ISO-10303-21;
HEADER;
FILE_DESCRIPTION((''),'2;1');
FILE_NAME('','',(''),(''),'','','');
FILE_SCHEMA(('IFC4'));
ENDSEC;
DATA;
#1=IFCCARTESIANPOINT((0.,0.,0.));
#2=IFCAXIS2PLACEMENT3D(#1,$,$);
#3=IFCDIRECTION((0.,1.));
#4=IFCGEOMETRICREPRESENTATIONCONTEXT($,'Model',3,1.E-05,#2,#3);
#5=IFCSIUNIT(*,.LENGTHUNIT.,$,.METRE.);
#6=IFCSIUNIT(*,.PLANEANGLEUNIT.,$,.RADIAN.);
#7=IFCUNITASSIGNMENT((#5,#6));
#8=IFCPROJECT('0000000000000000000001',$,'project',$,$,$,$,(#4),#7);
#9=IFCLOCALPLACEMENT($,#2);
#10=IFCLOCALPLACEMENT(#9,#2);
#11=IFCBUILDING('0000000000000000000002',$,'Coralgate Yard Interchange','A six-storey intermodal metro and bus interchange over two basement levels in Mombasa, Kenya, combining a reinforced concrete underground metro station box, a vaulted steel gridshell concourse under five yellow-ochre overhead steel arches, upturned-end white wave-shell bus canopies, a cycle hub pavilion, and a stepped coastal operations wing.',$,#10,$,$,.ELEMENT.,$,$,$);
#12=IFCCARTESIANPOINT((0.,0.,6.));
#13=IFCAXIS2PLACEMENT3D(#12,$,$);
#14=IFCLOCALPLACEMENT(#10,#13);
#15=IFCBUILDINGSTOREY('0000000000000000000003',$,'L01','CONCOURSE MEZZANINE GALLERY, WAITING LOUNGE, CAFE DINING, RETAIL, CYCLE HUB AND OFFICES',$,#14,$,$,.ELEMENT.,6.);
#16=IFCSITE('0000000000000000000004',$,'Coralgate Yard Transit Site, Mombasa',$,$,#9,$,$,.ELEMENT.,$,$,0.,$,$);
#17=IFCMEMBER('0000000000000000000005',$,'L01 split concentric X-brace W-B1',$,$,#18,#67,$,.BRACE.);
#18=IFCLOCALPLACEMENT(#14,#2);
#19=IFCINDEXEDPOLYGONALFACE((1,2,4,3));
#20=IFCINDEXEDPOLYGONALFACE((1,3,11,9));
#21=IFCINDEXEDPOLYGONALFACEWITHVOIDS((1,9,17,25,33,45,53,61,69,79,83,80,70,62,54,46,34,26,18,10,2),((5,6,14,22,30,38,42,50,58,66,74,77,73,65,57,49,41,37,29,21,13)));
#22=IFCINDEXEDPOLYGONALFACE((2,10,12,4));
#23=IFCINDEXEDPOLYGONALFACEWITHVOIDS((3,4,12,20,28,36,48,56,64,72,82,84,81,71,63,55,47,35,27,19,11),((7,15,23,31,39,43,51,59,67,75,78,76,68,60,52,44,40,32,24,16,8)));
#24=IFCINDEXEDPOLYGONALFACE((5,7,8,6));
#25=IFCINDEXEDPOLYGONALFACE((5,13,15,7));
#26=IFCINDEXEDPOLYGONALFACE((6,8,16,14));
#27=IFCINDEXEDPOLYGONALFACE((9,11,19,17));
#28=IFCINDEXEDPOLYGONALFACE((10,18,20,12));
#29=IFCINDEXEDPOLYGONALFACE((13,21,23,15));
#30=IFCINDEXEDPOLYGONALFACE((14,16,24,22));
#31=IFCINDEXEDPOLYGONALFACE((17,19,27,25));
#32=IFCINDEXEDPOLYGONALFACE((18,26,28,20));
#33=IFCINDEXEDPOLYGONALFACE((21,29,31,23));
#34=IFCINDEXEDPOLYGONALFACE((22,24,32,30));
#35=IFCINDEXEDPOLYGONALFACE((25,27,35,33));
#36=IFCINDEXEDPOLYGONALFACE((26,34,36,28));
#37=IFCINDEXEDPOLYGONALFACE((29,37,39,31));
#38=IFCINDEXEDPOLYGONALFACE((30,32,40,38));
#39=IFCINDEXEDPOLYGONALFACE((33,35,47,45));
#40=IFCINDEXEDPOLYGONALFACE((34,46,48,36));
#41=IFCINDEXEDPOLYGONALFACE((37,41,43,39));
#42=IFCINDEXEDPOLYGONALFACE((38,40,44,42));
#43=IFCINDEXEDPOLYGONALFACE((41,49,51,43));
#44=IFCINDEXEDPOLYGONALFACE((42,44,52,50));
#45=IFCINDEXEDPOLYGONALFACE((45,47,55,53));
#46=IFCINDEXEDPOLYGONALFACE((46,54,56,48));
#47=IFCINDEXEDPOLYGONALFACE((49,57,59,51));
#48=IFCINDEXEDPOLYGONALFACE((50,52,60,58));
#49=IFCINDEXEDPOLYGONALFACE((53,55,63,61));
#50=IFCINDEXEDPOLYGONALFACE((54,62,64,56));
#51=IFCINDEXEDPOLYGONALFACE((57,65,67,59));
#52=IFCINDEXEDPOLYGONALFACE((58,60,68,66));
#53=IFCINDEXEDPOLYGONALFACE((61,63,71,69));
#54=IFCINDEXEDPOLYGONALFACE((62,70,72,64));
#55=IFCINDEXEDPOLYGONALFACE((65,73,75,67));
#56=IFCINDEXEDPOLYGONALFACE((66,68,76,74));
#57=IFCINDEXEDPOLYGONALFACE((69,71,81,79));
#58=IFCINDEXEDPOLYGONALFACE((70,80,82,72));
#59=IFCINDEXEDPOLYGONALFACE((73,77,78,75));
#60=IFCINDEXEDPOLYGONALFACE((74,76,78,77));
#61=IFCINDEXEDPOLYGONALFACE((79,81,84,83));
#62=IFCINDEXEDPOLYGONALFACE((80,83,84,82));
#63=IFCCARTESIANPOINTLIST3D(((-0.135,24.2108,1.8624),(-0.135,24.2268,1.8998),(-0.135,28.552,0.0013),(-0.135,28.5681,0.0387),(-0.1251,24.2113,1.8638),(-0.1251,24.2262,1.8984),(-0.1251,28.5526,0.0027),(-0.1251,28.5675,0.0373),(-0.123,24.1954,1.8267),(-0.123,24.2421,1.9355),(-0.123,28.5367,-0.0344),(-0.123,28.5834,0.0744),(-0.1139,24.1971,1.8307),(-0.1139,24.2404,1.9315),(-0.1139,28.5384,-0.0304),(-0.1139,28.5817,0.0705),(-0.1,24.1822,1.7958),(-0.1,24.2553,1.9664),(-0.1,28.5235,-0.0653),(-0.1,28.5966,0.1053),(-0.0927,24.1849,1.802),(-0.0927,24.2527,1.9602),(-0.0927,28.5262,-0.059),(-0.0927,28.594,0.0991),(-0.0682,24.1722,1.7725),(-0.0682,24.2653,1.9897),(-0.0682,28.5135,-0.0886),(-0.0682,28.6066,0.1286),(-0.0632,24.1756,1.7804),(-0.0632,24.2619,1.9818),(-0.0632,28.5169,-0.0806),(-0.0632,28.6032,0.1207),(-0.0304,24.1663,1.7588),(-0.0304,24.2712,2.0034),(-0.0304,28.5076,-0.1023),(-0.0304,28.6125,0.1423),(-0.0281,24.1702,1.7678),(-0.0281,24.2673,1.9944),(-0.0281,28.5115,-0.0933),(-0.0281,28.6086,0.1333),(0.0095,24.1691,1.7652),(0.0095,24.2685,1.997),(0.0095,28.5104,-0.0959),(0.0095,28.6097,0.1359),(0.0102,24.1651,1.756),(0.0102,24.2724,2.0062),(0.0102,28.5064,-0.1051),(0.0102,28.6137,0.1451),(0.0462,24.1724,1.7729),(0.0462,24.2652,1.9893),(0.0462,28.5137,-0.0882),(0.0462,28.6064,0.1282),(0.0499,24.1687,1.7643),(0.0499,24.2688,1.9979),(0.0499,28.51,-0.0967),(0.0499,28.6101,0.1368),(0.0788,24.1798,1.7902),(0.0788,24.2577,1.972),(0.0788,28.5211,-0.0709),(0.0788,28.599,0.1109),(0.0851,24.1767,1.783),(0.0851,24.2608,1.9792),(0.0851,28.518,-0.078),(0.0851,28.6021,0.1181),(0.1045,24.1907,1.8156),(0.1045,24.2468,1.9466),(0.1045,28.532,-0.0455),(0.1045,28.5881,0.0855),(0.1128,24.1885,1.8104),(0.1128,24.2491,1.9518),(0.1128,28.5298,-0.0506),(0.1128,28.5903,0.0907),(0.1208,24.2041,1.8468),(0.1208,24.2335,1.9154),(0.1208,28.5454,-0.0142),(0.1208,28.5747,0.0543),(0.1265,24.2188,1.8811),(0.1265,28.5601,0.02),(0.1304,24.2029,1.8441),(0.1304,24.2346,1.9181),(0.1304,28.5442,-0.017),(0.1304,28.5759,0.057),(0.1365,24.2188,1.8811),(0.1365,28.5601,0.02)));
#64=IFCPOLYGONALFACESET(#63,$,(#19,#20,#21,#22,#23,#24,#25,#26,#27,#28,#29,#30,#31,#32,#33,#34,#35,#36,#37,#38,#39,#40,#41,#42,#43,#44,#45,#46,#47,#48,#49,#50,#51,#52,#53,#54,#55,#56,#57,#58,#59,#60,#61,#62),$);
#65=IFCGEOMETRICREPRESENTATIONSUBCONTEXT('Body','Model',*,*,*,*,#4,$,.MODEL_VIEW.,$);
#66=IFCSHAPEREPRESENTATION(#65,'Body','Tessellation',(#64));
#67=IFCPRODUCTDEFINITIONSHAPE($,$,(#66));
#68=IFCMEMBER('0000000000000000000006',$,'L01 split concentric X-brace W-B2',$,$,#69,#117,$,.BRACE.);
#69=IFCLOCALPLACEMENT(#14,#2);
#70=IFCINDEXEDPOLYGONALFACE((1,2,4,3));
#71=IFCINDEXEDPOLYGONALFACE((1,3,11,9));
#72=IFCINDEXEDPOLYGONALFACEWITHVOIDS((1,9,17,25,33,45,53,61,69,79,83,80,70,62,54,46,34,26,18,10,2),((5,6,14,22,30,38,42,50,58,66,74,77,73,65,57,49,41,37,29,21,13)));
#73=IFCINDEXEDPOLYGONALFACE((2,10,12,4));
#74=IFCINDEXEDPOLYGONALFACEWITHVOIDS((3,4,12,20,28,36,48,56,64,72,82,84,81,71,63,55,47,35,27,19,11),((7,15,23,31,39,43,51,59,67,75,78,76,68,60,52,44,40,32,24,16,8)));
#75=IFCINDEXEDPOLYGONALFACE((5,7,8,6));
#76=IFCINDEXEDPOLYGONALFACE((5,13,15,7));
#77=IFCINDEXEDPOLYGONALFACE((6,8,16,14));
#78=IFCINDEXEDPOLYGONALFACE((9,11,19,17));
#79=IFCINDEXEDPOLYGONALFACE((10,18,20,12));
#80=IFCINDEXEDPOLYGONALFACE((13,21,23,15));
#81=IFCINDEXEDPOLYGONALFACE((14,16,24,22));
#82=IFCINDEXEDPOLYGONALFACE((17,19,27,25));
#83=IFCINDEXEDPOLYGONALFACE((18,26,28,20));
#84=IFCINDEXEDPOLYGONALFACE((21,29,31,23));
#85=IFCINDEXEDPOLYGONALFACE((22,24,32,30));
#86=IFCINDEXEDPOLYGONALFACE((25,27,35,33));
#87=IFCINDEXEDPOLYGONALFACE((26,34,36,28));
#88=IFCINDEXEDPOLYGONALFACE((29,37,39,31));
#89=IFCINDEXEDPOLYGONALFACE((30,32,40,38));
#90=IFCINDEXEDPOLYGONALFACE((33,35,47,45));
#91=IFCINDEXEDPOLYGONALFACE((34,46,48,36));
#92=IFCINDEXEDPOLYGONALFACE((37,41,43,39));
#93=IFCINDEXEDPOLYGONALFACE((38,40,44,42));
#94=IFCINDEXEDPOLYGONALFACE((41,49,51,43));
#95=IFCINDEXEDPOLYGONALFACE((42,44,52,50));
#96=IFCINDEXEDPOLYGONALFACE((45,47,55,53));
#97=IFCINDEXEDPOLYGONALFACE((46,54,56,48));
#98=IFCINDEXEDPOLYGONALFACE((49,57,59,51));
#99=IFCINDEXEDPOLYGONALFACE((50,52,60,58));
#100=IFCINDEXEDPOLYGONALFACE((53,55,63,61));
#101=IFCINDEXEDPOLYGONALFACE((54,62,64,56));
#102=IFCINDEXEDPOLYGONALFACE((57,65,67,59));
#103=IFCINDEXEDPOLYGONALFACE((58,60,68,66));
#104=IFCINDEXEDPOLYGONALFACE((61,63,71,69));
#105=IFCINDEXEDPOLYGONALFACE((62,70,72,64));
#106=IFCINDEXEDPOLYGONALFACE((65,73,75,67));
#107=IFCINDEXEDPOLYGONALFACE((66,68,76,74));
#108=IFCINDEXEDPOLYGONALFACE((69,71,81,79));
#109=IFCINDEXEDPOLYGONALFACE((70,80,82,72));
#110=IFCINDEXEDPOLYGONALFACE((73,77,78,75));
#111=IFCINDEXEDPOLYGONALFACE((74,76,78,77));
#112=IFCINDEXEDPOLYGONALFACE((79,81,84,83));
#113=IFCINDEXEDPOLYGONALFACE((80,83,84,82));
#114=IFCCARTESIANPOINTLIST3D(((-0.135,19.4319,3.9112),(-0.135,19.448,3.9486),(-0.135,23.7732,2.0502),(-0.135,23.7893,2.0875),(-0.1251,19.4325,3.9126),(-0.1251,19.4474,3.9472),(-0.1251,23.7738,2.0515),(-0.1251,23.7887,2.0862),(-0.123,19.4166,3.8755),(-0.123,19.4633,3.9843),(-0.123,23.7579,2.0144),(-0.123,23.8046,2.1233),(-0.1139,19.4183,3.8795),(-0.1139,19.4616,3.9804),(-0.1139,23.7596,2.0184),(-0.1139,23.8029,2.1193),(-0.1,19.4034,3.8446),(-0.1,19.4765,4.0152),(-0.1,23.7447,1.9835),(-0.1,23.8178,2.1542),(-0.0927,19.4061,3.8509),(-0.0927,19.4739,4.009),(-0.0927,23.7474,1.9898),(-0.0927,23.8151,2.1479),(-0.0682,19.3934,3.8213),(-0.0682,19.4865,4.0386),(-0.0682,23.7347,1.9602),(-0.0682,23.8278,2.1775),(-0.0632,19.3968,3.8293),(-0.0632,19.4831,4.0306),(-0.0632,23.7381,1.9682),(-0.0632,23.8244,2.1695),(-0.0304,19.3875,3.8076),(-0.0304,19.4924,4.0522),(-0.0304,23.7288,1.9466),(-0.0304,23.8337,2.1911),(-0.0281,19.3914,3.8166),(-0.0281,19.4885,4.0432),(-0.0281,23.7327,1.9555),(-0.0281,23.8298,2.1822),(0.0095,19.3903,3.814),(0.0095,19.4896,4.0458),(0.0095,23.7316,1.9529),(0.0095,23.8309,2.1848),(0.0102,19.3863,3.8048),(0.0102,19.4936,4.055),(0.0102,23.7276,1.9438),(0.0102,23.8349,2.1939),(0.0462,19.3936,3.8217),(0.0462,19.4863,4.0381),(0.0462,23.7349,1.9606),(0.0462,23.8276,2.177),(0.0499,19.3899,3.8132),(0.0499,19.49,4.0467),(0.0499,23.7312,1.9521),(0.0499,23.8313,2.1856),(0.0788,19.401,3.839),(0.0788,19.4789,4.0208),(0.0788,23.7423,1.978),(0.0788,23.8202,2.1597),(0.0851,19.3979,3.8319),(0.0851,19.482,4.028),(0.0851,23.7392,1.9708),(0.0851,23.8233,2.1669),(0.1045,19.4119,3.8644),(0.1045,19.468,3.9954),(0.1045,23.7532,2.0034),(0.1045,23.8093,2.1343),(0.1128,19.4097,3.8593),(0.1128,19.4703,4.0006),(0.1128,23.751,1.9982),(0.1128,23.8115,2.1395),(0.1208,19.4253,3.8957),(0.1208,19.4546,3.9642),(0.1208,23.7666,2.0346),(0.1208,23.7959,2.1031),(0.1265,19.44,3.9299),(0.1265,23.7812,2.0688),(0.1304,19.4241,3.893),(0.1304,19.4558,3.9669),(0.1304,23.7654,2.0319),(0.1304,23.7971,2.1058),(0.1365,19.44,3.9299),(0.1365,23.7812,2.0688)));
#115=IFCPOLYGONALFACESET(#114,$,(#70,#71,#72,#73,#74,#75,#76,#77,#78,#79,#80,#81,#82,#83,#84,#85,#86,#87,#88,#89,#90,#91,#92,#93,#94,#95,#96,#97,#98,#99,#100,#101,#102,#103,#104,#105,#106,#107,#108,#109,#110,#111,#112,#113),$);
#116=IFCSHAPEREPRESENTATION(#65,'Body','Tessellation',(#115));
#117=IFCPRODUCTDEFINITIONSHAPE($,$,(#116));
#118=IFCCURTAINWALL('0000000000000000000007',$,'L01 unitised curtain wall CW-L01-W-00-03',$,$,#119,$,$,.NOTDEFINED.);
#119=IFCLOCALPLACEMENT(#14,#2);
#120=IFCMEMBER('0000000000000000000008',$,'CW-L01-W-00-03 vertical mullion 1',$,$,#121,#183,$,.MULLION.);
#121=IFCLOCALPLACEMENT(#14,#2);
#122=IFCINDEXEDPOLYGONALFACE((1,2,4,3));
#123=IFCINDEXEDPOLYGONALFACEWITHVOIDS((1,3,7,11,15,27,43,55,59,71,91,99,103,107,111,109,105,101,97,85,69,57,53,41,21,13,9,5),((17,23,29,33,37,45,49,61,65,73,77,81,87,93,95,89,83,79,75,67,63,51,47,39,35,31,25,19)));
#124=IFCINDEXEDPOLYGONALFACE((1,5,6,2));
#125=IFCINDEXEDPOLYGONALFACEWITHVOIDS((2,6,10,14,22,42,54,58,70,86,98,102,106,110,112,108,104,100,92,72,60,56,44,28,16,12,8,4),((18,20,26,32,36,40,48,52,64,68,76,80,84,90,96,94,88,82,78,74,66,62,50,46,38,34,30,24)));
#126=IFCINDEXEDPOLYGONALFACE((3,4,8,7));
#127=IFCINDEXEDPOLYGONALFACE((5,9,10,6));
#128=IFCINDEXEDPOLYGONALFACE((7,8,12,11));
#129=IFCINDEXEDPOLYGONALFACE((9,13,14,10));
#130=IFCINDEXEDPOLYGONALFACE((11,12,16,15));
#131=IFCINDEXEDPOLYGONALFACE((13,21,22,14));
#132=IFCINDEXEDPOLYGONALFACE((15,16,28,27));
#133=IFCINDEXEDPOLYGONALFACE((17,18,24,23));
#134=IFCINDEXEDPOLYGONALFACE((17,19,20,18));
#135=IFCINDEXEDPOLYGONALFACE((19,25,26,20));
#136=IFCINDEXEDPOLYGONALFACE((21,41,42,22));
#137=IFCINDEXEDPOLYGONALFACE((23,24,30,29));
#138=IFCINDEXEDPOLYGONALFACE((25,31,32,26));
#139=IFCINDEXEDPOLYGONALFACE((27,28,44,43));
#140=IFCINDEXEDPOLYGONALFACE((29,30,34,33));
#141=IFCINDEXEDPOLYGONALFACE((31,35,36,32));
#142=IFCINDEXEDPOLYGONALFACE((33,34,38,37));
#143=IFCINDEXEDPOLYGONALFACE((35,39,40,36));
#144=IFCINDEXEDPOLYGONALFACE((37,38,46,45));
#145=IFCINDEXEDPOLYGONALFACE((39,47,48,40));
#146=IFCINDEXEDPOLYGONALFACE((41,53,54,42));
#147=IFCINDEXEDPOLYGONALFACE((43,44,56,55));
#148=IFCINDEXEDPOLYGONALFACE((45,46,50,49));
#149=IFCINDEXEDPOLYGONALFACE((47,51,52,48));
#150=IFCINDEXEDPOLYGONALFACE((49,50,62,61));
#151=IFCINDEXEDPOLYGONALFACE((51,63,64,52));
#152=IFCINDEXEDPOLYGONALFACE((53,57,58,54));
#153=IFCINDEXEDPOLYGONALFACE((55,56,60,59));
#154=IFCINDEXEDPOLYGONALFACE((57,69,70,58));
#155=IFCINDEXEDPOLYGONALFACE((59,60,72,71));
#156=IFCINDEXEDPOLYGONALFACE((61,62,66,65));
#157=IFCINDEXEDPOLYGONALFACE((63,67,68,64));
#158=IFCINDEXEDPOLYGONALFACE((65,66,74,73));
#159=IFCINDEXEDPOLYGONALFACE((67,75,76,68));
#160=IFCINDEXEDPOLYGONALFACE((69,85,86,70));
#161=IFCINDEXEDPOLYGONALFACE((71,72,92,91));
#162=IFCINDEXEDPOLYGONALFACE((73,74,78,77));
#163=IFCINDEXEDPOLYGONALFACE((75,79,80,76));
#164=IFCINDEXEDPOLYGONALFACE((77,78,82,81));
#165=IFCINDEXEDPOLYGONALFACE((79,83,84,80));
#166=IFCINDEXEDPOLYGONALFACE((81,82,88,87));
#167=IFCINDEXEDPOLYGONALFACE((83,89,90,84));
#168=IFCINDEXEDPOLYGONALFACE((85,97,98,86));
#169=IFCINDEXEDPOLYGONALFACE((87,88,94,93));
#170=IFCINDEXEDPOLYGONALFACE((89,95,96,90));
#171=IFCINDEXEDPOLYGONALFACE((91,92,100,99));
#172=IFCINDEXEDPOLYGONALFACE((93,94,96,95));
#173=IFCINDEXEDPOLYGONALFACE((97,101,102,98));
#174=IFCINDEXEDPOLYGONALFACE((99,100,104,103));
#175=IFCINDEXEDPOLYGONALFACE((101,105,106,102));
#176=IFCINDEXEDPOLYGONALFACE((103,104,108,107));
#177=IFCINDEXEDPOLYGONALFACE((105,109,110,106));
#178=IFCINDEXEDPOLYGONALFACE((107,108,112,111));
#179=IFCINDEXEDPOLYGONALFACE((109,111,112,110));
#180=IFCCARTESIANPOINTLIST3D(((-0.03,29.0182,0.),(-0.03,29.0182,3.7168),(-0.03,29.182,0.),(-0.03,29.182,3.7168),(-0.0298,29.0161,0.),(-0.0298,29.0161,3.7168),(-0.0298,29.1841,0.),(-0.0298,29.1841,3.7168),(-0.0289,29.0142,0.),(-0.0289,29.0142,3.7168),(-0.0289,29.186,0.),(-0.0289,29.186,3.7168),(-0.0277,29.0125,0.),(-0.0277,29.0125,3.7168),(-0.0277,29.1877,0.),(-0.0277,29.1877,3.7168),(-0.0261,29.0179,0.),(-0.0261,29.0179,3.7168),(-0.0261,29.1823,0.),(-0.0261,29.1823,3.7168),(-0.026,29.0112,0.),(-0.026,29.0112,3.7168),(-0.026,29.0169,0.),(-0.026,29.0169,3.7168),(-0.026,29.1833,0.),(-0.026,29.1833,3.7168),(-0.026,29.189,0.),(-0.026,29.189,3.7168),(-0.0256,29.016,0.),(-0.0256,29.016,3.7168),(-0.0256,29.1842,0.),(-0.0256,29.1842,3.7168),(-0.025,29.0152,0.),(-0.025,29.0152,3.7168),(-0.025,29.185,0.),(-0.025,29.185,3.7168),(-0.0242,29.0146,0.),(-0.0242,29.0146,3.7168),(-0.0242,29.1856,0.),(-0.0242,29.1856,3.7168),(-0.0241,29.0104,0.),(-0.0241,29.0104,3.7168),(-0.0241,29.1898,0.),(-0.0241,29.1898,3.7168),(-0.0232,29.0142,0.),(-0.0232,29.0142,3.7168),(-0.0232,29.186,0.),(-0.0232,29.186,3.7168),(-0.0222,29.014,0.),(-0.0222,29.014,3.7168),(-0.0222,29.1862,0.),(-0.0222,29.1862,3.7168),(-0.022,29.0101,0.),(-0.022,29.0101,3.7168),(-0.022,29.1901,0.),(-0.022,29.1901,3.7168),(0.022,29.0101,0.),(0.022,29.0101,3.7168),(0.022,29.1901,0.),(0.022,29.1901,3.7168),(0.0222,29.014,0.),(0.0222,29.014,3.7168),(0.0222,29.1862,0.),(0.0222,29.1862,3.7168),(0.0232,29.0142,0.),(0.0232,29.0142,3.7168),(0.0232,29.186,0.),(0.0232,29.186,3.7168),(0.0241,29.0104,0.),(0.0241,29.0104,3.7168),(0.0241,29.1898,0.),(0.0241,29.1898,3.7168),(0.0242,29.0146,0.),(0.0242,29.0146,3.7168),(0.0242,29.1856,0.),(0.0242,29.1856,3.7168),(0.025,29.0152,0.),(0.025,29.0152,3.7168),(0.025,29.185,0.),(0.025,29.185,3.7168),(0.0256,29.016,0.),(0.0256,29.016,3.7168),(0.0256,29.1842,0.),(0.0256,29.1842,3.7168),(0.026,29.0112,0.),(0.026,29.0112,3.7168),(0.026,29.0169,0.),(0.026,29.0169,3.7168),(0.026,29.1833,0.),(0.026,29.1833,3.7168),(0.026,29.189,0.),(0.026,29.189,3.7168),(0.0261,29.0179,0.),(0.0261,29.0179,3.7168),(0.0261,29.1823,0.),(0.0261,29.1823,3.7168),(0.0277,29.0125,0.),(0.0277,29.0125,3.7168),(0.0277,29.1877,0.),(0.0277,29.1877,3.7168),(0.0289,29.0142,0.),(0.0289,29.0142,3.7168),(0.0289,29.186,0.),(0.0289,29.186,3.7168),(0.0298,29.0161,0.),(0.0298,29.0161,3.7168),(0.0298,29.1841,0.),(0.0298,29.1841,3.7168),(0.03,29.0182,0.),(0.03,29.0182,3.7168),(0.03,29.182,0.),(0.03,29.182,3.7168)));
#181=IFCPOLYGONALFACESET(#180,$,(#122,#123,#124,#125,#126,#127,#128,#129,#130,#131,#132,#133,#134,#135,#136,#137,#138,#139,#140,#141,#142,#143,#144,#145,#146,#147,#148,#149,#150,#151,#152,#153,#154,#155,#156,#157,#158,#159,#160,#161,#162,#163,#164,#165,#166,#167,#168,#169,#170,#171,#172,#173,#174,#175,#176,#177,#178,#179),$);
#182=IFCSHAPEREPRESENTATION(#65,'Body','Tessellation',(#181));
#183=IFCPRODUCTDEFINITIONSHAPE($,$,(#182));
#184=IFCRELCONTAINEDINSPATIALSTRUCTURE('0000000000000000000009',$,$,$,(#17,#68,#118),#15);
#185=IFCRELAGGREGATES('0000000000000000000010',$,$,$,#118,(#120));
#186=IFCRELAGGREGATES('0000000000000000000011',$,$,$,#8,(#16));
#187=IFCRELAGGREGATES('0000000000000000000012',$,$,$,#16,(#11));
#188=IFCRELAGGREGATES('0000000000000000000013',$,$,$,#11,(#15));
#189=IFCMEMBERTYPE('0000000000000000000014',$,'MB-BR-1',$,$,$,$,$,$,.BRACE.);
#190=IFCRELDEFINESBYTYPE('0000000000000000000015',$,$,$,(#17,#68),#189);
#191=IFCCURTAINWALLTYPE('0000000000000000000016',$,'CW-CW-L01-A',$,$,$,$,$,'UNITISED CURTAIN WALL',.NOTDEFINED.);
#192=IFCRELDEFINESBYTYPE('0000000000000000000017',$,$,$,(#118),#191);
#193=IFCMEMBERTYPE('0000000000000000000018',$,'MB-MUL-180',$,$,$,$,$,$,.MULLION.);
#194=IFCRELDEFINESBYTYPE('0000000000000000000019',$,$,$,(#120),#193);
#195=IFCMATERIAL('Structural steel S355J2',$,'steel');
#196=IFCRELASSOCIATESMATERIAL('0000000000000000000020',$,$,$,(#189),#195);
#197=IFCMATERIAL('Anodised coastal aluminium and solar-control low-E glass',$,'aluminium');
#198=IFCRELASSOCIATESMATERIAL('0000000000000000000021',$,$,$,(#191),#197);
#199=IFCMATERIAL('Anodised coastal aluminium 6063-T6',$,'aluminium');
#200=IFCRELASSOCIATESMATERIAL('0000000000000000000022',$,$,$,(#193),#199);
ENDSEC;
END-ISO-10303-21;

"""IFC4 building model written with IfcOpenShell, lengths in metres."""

from ifc_helpers import new_model, si_unit, direction, frame, origin, origin_2d, place, context, subcontext, project, spatial, hollow_rectangle, hollow_circle, extrude, material, material_profile, profile_set, type_object, element, aggregate, save


model = new_model("IFC4")

# Units and contexts
model_context = context("Model", 3, precision=1e-05, world=origin(), true_north=direction((0.0, 1.0)))
body_context = subcontext(model_context, "Body", "Model", "MODEL_VIEW")
ifc_project = project(units=[si_unit("LENGTHUNIT", "METRE"), si_unit("PLANEANGLEUNIT", "RADIAN")], contexts=[model_context])

# Site, building, storey
site_placement = place(None, origin())
site = spatial("IfcSite", under=ifc_project, at=site_placement, Name="Coralgate Yard Transit Site, Mombasa", CompositionType="ELEMENT", RefElevation=0.0)
building_placement = place(site_placement, origin())
building = spatial("IfcBuilding", under=site, at=building_placement, Name="Coralgate Yard Interchange", Description="A six-storey intermodal metro and bus interchange over two basement levels in Mombasa, Kenya, combining a reinforced concrete underground metro station box, a vaulted steel gridshell concourse under five yellow-ochre overhead steel arches, upturned-end white wave-shell bus canopies, a cycle hub pavilion, and a stepped coastal operations wing.", CompositionType="ELEMENT")
storey_placement = place(building_placement, frame((0.0, 0.0, 6.0)))
storey = spatial("IfcBuildingStorey", under=building, at=storey_placement, Name="L01", Description="CONCOURSE MEZZANINE GALLERY, WAITING LOUNGE, CAFE DINING, RETAIL, CYCLE HUB AND OFFICES", CompositionType="ELEMENT", Elevation=6.0)

# Shared definitions
ifc_material_1 = material(Name="Structural steel S355J2", Category="steel")

# Members
ifc_material_profile_1 = material_profile(ifc_material_1, hollow_circle(Radius=0.1365, WallThickness=0.01, at=origin_2d()), Name="CHS 273x10")
ifc_profile_set_1 = profile_set([ifc_material_profile_1], Name="Structural steel S355J2")
member_type_1 = type_object("IfcMemberType", Name="MB-BR-1", PredefinedType="BRACE", material=ifc_profile_set_1)
for number, where, z_axis, x_axis, name in (
    (1, (0.0, 28.5601, 0.02), (0.0, -0.919105, 0.394013), (1.0, 0.0, 0.0), "L01 split concentric X-brace W-B1"),
    (2, (0.0, 23.7812, 2.0688), (0.0, -0.919105, 0.394013), (1.0, 0.0, 0.0), "L01 split concentric X-brace W-B2"),
):
    element("IfcMember", number, at=place(storey_placement, frame(where, z_axis=z_axis, x_axis=x_axis)), inside=storey, type_object=member_type_1, Name=name, PredefinedType="BRACE", context=body_context, shape_type="SweptSolid", body=[
        extrude(hollow_circle(Radius=0.1365, WallThickness=0.01, at=origin_2d()), origin(), (0.0, 0.0, 1.0), 4.7234),
    ])

# Curtain wall, member
ifc_material_2 = material(Name="Anodised coastal aluminium and solar-control low-E glass", Category="aluminium")
curtain_wall_type = type_object("IfcCurtainWallType", Name="CW-CW-L01-A", ElementType="UNITISED CURTAIN WALL", PredefinedType="NOTDEFINED", material=ifc_material_2)
curtain_wall_placement = place(storey_placement, origin())
curtain_wall = element("IfcCurtainWall", 3, at=curtain_wall_placement, inside=storey, type_object=curtain_wall_type, Name="L01 unitised curtain wall CW-L01-W-00-03", PredefinedType="NOTDEFINED")
ifc_material_3 = material(Name="Anodised coastal aluminium 6063-T6", Category="aluminium")
ifc_material_profile_2 = material_profile(ifc_material_3, hollow_rectangle(XDim=0.0601, YDim=0.1799, WallThickness=0.0039, InnerFilletRadius=0.0039, OuterFilletRadius=0.0081, at=origin_2d()), Name="ALU 60x180x4")
ifc_profile_set_2 = profile_set([ifc_material_profile_2], Name="Anodised coastal aluminium 6063-T6")
member_type_2 = type_object("IfcMemberType", Name="MB-MUL-180", PredefinedType="MULLION", material=ifc_profile_set_2)
member_1_placement = place(storey_placement, frame((0.0, 29.1001, 0.0), z_axis=(0.0, 0.0, 1.0), x_axis=(1.0, 0.0, 0.0)))
member_1 = element("IfcMember", 4, at=member_1_placement, type_object=member_type_2, Name="CW-L01-W-00-03 vertical mullion 1", PredefinedType="MULLION", context=body_context, shape_type="SweptSolid", body=[
    extrude(hollow_rectangle(XDim=0.0601, YDim=0.1799, WallThickness=0.0039, InnerFilletRadius=0.0039, OuterFilletRadius=0.0081, at=origin_2d()), origin(), (0.0, 0.0, 1.0), 3.7168),
])
aggregate(curtain_wall, [member_1])

save(model, "model.ifc")
